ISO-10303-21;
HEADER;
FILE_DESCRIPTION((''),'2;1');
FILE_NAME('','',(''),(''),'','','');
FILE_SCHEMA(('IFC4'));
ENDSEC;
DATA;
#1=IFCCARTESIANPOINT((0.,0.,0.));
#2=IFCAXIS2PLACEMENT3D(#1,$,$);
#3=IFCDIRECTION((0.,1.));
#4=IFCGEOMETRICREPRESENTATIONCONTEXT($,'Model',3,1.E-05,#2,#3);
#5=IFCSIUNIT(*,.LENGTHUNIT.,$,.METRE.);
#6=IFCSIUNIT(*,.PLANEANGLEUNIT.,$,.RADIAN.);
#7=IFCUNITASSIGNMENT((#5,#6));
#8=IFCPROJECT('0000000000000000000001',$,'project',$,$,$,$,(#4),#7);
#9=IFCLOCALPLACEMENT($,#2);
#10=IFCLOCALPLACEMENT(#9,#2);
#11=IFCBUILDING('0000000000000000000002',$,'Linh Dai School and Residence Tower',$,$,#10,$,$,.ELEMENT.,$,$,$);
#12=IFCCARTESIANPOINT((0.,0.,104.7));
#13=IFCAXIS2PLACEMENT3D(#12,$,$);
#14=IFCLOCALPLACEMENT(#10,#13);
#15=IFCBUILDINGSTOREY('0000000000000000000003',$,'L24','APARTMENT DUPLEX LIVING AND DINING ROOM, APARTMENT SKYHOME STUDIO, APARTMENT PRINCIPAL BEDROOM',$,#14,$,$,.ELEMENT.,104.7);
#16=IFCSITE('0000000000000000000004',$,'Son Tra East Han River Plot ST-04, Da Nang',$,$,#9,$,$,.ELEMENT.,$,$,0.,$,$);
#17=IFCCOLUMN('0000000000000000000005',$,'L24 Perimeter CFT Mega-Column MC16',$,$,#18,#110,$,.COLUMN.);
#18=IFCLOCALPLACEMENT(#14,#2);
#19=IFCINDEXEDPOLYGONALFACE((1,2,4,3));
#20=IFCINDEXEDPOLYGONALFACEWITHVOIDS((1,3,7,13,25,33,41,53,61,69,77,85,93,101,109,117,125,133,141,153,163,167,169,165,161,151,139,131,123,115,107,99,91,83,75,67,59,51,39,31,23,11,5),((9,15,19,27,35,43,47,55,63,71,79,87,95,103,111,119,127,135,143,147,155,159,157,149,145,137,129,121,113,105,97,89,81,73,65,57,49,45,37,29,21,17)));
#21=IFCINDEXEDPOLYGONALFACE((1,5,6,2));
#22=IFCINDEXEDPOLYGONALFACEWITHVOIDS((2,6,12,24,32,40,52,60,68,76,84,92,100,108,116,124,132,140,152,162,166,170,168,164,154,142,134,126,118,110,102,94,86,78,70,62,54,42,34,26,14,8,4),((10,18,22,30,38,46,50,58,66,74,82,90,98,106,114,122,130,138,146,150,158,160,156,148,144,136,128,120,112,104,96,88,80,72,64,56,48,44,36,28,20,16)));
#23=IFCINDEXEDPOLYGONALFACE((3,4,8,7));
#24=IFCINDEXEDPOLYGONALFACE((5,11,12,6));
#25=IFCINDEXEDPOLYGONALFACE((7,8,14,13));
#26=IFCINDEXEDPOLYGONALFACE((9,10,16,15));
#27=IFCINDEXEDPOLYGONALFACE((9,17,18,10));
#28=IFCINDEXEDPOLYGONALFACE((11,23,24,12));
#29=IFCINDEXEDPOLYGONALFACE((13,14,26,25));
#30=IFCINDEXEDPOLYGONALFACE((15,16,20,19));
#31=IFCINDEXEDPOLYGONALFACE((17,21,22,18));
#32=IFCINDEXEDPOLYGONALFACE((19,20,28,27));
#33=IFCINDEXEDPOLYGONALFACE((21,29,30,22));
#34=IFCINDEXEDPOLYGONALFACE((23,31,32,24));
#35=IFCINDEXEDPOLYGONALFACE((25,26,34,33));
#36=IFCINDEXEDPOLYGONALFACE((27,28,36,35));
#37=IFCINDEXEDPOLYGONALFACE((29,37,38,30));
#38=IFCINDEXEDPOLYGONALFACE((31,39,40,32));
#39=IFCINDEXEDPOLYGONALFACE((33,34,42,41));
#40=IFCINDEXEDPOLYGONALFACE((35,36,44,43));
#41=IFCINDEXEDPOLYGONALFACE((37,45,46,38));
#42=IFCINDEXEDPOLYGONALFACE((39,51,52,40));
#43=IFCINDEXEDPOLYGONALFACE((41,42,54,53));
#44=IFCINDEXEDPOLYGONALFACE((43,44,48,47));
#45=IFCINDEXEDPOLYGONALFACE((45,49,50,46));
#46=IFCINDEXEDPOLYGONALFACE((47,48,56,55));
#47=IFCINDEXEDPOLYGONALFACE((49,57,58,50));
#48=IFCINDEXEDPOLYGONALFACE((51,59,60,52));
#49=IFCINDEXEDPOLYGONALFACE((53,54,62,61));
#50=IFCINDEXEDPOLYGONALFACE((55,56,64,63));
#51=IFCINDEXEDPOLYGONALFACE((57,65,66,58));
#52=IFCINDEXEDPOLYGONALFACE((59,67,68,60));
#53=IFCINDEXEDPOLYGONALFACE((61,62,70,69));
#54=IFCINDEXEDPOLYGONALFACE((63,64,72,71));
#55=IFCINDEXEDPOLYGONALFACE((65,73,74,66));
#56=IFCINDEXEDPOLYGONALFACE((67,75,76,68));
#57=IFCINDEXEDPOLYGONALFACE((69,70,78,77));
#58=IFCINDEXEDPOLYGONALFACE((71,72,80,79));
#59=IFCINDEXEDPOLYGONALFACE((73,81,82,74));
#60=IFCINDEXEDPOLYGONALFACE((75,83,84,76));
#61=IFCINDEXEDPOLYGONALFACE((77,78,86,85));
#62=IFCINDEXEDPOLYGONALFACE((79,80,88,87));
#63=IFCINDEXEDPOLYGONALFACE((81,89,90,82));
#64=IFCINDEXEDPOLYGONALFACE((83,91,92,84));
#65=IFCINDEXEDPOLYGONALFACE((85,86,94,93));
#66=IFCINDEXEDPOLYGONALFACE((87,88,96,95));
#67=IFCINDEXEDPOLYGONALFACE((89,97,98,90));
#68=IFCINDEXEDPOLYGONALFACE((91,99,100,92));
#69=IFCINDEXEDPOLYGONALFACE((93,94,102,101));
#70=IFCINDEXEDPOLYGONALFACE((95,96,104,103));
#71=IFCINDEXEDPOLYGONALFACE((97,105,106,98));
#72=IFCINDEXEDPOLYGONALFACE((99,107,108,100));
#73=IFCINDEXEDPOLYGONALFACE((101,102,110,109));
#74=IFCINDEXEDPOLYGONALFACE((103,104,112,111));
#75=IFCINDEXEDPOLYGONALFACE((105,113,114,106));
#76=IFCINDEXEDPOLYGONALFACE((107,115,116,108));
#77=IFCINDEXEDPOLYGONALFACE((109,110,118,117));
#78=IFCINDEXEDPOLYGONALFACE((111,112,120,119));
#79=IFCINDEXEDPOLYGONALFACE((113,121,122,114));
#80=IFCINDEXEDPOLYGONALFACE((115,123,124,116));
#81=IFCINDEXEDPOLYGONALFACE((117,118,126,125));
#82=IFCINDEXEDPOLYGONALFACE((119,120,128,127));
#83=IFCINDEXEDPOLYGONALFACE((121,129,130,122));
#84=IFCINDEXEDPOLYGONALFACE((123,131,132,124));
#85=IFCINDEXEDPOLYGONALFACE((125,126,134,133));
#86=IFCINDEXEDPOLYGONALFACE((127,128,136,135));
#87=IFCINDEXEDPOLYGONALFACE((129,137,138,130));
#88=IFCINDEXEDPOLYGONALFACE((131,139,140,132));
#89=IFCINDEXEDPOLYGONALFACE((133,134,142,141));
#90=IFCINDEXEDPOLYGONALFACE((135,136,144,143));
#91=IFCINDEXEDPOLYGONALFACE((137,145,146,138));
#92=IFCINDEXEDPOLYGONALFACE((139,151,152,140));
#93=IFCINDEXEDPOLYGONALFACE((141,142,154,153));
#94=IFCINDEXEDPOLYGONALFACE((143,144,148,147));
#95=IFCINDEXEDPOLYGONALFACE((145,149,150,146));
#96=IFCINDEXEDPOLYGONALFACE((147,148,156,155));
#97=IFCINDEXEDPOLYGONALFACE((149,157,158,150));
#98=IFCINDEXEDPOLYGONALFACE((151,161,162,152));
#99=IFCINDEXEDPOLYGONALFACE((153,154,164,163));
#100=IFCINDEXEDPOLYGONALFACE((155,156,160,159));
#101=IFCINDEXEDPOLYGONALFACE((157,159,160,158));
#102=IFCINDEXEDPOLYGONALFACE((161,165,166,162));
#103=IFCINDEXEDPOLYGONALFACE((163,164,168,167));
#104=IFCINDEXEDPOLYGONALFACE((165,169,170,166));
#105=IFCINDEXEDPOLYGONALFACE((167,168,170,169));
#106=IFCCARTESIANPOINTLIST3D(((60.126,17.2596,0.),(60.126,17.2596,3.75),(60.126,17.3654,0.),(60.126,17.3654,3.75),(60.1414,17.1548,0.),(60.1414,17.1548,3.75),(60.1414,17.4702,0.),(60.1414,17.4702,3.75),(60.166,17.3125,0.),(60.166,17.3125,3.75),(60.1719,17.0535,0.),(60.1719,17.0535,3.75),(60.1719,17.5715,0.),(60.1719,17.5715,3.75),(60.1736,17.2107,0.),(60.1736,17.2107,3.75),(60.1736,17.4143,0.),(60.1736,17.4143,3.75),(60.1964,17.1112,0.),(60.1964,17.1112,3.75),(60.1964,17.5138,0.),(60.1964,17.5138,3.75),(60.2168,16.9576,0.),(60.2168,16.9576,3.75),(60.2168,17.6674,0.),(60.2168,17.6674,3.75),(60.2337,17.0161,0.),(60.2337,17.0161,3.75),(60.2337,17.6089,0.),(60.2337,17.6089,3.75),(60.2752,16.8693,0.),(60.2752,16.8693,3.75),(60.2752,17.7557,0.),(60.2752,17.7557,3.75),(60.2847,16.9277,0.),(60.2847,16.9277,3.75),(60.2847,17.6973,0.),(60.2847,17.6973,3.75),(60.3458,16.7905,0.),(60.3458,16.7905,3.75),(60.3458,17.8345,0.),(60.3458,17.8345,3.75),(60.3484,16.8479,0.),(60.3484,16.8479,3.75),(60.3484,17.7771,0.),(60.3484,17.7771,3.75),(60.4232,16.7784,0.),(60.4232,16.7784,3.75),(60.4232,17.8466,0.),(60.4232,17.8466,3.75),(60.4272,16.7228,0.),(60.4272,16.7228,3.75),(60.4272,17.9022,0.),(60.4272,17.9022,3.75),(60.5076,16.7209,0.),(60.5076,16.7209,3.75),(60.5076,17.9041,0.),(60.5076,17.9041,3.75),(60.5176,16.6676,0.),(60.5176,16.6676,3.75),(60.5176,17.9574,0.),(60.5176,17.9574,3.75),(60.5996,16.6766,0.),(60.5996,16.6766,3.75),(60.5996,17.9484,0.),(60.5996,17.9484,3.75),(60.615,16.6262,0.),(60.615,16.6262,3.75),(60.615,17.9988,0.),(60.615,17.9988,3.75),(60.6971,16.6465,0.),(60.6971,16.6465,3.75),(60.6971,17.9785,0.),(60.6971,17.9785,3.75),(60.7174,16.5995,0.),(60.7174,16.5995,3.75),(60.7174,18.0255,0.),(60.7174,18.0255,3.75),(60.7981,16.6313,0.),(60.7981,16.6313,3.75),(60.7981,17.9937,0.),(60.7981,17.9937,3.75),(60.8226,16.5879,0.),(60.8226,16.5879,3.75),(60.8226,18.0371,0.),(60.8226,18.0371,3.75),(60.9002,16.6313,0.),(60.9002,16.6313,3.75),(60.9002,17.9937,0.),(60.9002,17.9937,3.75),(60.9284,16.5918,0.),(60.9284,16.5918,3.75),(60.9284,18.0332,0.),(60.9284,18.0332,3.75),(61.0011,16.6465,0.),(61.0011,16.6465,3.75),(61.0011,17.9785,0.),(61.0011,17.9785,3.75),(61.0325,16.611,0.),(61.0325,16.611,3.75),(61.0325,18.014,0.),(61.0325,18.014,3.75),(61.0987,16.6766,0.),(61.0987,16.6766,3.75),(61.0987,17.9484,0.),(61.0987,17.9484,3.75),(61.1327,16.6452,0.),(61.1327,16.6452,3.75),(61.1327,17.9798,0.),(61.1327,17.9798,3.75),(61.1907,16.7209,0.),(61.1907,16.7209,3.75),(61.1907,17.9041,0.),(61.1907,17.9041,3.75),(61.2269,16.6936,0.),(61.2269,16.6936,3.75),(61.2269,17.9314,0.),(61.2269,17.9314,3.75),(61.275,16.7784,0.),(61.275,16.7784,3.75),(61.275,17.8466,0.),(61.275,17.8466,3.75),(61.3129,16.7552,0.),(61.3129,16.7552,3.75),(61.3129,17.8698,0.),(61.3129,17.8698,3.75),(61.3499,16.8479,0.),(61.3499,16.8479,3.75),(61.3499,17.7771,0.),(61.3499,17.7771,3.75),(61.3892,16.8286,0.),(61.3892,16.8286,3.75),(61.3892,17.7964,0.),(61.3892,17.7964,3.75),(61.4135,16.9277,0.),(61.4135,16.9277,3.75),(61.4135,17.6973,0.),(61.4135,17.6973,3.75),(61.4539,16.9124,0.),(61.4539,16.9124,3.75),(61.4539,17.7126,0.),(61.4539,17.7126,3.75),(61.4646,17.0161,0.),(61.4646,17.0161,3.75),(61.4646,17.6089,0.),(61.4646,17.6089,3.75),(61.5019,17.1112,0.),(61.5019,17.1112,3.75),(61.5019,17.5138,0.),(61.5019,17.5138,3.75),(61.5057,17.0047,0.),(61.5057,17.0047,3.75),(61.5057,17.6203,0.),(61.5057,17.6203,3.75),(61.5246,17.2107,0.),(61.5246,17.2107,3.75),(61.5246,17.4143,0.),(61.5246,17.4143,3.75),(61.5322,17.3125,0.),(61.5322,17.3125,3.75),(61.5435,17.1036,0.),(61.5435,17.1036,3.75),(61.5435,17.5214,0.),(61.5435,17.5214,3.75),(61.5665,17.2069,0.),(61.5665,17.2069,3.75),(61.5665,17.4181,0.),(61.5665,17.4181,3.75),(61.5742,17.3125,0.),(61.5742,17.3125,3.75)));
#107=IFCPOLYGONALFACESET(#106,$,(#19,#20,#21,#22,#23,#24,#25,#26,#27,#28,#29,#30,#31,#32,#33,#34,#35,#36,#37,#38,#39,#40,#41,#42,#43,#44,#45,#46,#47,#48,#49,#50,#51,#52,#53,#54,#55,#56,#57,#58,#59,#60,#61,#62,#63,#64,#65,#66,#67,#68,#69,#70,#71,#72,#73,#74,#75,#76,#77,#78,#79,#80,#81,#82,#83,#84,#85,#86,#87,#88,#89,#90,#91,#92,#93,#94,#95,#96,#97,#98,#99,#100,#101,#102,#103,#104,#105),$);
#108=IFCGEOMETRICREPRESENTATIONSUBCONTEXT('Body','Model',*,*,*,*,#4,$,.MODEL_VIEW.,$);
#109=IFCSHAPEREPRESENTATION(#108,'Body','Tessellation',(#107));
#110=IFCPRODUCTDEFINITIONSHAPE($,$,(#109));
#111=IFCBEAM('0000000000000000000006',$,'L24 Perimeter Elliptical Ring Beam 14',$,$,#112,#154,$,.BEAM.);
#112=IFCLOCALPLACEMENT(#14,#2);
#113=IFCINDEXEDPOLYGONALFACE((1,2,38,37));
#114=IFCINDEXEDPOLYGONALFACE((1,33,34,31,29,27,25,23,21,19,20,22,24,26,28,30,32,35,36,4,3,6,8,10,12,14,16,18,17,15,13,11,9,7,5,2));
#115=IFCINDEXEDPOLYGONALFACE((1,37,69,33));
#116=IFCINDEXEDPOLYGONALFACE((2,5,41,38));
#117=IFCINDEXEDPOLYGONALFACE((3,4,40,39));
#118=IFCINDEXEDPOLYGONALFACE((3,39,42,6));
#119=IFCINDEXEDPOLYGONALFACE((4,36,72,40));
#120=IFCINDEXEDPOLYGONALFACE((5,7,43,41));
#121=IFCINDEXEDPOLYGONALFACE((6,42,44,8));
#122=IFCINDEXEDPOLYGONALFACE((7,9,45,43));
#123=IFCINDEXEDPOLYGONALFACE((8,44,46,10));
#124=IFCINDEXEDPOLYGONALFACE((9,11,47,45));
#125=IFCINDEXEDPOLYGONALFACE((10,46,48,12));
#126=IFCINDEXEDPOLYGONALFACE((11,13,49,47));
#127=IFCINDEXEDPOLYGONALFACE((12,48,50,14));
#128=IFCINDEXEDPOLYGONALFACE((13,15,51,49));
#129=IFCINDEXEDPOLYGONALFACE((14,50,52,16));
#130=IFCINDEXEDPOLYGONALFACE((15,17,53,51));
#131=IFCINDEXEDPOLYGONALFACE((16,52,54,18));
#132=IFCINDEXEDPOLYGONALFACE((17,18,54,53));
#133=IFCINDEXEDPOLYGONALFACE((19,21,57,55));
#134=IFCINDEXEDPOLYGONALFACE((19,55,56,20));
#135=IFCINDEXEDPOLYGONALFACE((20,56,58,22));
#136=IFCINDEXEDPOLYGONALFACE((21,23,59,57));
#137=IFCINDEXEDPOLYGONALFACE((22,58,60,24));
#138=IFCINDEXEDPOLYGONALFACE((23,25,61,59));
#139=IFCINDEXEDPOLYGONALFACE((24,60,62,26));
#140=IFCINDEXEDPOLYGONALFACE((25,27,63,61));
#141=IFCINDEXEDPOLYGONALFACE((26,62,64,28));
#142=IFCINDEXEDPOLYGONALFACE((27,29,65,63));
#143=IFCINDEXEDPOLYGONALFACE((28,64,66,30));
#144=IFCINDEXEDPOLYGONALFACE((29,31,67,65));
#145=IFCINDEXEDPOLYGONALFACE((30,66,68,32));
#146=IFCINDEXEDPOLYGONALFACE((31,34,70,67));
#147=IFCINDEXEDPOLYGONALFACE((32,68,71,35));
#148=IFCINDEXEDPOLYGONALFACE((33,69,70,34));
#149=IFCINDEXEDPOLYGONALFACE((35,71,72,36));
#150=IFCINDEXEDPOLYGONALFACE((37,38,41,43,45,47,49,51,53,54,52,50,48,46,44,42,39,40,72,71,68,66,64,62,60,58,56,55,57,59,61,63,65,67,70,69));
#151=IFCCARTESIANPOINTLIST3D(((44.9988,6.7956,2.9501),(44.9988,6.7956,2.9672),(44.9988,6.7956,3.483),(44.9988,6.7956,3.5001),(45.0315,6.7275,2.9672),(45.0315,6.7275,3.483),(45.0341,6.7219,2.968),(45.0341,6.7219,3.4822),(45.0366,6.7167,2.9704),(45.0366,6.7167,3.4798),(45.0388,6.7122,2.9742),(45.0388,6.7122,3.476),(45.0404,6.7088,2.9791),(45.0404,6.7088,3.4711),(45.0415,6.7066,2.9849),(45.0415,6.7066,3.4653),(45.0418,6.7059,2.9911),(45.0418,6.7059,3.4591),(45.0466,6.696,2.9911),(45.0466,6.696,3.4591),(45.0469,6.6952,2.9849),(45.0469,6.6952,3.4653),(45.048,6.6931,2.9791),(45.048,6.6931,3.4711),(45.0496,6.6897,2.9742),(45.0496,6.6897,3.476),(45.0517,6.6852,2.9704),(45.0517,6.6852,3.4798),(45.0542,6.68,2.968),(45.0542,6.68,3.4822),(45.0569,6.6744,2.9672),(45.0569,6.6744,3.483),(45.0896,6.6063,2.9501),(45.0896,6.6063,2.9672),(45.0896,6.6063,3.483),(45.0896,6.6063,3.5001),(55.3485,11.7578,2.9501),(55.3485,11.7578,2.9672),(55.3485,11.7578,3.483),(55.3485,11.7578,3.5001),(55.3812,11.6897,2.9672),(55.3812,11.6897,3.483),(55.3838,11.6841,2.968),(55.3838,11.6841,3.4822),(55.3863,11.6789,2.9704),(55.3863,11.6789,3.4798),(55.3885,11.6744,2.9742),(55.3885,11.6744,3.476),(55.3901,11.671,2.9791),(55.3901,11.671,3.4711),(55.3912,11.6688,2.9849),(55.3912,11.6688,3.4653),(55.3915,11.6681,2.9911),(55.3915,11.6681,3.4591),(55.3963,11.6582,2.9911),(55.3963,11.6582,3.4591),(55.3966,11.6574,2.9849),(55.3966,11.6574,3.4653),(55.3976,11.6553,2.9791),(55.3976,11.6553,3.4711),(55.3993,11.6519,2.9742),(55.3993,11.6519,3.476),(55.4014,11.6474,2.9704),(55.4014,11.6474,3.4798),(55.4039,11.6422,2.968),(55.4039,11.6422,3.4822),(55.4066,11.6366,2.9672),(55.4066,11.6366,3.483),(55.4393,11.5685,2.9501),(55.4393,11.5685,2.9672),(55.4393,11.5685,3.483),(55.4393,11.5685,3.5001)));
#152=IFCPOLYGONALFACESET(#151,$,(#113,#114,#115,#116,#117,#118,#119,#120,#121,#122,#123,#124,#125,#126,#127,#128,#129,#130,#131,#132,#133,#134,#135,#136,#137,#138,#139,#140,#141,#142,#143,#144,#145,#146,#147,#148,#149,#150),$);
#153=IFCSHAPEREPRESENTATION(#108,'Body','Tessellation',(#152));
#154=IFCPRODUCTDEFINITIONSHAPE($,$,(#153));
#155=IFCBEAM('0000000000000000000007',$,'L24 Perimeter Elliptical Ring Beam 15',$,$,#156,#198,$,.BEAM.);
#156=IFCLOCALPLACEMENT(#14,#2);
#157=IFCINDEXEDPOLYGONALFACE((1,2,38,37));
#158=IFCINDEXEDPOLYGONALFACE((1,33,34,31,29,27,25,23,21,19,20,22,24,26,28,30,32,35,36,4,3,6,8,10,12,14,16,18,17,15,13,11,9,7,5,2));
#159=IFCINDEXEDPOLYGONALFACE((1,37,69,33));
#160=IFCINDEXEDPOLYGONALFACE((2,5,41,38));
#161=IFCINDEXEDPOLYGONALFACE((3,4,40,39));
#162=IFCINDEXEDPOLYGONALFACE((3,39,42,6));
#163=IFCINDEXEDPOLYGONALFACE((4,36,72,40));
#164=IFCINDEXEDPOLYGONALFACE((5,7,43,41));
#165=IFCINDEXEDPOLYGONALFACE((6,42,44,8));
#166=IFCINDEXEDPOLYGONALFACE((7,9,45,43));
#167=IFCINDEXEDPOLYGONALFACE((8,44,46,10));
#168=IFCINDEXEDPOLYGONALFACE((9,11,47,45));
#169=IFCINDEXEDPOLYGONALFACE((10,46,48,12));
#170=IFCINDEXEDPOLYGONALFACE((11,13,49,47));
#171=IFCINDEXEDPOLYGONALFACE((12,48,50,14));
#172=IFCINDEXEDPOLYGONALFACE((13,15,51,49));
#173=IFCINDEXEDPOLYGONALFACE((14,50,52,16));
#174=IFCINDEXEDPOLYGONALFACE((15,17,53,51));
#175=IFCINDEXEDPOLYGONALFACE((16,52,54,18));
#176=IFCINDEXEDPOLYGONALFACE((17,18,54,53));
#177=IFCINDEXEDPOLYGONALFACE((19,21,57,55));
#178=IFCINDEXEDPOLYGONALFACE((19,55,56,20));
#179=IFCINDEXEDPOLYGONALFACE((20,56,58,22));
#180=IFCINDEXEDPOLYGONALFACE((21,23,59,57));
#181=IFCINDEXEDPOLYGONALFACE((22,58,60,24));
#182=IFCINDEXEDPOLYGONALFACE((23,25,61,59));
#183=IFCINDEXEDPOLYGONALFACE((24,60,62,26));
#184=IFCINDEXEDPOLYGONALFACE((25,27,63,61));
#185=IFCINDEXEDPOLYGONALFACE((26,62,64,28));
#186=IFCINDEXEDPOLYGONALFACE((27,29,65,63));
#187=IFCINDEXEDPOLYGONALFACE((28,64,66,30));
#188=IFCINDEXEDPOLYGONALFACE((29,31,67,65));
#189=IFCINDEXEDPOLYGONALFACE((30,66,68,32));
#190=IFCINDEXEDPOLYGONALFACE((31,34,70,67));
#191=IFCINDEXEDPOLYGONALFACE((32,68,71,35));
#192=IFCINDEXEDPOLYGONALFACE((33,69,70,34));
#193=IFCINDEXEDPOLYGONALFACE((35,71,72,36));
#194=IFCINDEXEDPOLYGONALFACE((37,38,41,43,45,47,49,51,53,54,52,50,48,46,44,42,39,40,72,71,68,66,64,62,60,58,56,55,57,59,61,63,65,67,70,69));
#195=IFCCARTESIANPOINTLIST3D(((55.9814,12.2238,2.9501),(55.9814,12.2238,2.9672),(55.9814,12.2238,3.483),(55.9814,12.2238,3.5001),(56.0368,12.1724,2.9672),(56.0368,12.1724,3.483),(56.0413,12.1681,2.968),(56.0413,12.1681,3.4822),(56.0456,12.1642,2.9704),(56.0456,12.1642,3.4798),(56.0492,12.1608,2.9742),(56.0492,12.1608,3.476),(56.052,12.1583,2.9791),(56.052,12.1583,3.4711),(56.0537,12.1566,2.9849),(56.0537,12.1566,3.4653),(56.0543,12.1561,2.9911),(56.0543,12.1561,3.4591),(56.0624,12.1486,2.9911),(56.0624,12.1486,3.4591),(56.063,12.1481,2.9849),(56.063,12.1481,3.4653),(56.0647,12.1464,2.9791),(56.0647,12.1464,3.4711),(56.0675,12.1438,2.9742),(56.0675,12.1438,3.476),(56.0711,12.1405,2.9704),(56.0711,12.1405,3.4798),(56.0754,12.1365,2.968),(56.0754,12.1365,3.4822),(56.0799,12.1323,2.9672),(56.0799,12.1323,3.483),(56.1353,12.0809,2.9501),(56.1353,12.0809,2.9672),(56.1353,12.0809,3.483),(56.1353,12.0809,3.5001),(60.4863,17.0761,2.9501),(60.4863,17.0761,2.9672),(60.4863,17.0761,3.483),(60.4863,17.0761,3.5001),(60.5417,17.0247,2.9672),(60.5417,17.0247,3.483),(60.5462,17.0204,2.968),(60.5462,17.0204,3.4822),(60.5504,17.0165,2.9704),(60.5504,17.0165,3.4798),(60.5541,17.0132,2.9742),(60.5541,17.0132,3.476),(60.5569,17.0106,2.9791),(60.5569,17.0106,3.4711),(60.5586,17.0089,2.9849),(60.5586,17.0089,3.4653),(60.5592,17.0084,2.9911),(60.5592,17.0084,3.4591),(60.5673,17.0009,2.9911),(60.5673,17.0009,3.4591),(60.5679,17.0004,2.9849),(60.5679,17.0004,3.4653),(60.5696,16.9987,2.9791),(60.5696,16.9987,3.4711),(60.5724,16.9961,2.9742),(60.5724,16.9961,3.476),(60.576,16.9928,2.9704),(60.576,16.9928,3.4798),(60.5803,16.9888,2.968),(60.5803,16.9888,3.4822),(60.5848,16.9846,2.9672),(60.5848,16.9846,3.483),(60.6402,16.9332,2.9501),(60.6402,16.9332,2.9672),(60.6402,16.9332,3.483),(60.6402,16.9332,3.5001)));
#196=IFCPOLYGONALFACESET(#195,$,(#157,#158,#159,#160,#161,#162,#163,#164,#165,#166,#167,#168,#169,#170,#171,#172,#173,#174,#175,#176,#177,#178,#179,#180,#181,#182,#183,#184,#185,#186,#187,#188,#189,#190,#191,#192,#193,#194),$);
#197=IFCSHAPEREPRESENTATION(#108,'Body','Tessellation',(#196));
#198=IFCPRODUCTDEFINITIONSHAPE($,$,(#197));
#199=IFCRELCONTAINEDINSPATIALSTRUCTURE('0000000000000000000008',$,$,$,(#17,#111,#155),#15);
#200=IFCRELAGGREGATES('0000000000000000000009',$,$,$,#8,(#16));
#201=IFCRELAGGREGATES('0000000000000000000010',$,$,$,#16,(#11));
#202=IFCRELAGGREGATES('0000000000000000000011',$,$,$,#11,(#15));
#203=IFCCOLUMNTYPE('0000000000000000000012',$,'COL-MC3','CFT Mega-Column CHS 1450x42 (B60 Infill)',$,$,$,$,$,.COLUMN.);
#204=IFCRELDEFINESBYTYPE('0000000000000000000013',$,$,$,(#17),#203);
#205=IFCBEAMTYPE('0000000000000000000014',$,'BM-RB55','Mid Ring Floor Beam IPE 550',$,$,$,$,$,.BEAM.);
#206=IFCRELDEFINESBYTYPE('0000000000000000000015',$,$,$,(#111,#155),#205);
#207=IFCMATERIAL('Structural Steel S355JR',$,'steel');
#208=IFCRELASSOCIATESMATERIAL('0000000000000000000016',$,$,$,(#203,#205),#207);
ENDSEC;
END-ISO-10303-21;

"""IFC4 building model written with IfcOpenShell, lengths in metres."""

from ifc_helpers import new_model, si_unit, direction, frame, origin, origin_2d, place, context, subcontext, project, spatial, hollow_circle, i_section, extrude, material, material_profile, profile_set, type_object, element, save


model = new_model("IFC4")

# Units and contexts
model_context = context("Model", 3, precision=1e-05, world=origin(), true_north=direction((0.0, 1.0)))
body_context = subcontext(model_context, "Body", "Model", "MODEL_VIEW")
ifc_project = project(units=[si_unit("LENGTHUNIT", "METRE"), si_unit("PLANEANGLEUNIT", "RADIAN")], contexts=[model_context])

# Site, building, storey
site_placement = place(None, origin())
site = spatial("IfcSite", under=ifc_project, at=site_placement, Name="Son Tra East Han River Plot ST-04, Da Nang", CompositionType="ELEMENT", RefElevation=0.0)
building_placement = place(site_placement, origin())
building = spatial("IfcBuilding", under=site, at=building_placement, Name="Linh Dai School and Residence Tower", CompositionType="ELEMENT")
storey_placement = place(building_placement, frame((0.0, 0.0, 104.7)))
storey = spatial("IfcBuildingStorey", under=building, at=storey_placement, Name="L24", Description="APARTMENT DUPLEX LIVING AND DINING ROOM, APARTMENT SKYHOME STUDIO, APARTMENT PRINCIPAL BEDROOM", CompositionType="ELEMENT", Elevation=104.7)

# Column
ifc_material_1 = material(Name="Structural Steel S355JR", Category="steel")
ifc_material_profile_1 = material_profile(ifc_material_1, hollow_circle(Radius=0.7251, WallThickness=0.042, at=origin_2d()), Name="CHS 1450x42")
ifc_profile_set_1 = profile_set([ifc_material_profile_1], Name="Structural Steel S355JR")
column_type = type_object("IfcColumnType", Name="COL-MC3", Description="CFT Mega-Column CHS 1450x42 (B60 Infill)", PredefinedType="COLUMN", material=ifc_profile_set_1)
for number, where, z_axis, x_axis, name in (
    (1, (60.8491, 17.3125, 0.0), (0.0, 0.0, 1.0), (1.0, 0.0, 0.0), "L24 Perimeter CFT Mega-Column MC16"),
):
    element("IfcColumn", number, at=place(storey_placement, frame(where, z_axis=z_axis, x_axis=x_axis)), inside=storey, type_object=column_type, Name=name, PredefinedType="COLUMN", context=body_context, shape_type="SweptSolid", body=[
        extrude(hollow_circle(Radius=0.7251, WallThickness=0.042, at=origin_2d()), origin(), (0.0, 0.0, 1.0), 3.75),
    ])

# Beams
ifc_material_profile_2 = material_profile(ifc_material_1, i_section(OverallWidth=0.21, OverallDepth=0.55, WebThickness=0.011, FlangeThickness=0.0171, FilletRadius=0.0239, at=origin_2d()), Name="IPE 550")
ifc_profile_set_2 = profile_set([ifc_material_profile_2], Name="Structural Steel S355JR")
beam_type_1 = type_object("IfcBeamType", Name="BM-RB55", Description="Mid Ring Floor Beam IPE 550", PredefinedType="BEAM", material=ifc_profile_set_2)
beam_1_placement = place(storey_placement, frame((45.0442, 6.7009, 3.2251), z_axis=(0.901715, 0.432331, 0.0), x_axis=(-0.432331, 0.901715, 0.0)))
element("IfcBeam", 2, at=beam_1_placement, inside=storey, type_object=beam_type_1, Name="L24 Perimeter Elliptical Ring Beam 14", PredefinedType="BEAM", context=body_context, shape_type="SweptSolid", body=[
    extrude(i_section(OverallWidth=0.21, OverallDepth=0.55, WebThickness=0.011, FlangeThickness=0.0171, FilletRadius=0.0239, at=origin_2d()), origin(), (0.0, 0.0, 1.0), 11.4778),
])
beam_2_placement = place(storey_placement, frame((56.0583, 12.1523, 3.2251), z_axis=(0.680385, 0.732855, 0.0), x_axis=(-0.732855, 0.680385, 0.0)))
element("IfcBeam", 3, at=beam_2_placement, inside=storey, type_object=beam_type_1, Name="L24 Perimeter Elliptical Ring Beam 15", PredefinedType="BEAM", context=body_context, shape_type="SweptSolid", body=[
    extrude(i_section(OverallWidth=0.21, OverallDepth=0.55, WebThickness=0.011, FlangeThickness=0.0171, FilletRadius=0.0239, at=origin_2d()), origin(), (0.0, 0.0, 1.0), 6.6211),
])

save(model, "model.ifc")
